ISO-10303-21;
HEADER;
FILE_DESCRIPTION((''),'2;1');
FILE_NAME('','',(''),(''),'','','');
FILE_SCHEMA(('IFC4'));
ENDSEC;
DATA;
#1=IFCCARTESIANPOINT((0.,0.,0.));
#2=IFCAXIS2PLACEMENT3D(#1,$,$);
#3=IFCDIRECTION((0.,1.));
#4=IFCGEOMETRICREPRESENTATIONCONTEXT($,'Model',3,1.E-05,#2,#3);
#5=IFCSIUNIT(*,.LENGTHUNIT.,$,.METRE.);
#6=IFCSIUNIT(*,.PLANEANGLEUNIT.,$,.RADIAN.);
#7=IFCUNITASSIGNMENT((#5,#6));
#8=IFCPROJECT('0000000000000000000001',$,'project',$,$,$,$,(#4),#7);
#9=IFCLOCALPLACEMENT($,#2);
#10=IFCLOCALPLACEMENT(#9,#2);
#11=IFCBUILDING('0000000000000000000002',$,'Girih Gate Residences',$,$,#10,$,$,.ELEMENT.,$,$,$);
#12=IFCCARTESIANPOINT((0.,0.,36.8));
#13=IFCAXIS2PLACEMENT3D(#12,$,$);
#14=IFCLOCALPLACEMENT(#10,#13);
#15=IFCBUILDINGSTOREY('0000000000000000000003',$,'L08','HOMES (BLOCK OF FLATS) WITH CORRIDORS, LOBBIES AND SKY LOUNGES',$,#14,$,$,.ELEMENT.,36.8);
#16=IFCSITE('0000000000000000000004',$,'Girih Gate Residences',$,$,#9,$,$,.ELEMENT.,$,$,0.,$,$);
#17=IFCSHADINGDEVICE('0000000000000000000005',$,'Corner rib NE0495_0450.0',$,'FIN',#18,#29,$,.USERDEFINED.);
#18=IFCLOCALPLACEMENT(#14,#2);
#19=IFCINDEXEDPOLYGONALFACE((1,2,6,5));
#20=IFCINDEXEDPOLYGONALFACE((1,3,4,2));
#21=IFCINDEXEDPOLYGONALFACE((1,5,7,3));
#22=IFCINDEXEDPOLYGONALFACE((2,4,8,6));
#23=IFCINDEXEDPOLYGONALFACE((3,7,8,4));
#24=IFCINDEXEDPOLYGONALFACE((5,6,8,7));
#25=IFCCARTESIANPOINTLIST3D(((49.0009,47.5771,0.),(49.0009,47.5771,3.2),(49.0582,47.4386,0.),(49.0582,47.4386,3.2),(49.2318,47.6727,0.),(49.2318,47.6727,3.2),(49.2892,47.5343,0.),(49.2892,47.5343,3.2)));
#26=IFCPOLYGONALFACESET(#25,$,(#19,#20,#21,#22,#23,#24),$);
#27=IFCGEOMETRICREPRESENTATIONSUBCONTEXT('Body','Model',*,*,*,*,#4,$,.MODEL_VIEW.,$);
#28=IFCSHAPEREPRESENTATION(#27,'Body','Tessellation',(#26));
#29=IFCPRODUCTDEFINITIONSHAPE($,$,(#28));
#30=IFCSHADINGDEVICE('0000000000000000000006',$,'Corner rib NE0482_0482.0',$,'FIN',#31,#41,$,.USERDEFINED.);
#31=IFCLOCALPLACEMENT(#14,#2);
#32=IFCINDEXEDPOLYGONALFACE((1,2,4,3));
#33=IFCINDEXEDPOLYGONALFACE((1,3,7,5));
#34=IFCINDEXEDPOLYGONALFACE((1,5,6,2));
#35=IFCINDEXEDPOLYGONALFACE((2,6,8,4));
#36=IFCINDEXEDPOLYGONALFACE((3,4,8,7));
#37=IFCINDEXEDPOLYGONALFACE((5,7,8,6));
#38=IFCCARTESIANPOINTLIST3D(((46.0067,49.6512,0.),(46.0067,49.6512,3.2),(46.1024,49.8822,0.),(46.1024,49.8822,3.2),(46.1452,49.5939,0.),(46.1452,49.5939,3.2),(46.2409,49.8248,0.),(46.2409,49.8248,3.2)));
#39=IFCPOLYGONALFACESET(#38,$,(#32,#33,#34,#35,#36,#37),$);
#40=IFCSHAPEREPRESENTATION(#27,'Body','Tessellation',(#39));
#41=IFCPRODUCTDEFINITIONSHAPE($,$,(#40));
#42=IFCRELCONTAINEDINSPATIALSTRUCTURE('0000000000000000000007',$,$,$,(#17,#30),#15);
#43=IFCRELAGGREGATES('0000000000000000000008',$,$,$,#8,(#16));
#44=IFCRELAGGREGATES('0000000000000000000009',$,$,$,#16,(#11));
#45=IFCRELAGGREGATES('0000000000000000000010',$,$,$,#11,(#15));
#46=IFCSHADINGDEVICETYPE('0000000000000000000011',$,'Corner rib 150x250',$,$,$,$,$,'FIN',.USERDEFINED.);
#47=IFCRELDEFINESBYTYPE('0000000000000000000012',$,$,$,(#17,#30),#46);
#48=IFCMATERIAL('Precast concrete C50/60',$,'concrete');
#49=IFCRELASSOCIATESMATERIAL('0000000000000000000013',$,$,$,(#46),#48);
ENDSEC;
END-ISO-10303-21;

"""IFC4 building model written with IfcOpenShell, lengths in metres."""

from ifc_helpers import new_model, si_unit, direction, frame, origin, origin_2d, place, context, subcontext, project, spatial, rectangle, extrude, material, type_object, element, save


model = new_model("IFC4")

# Units and contexts
model_context = context("Model", 3, precision=1e-05, world=origin(), true_north=direction((0.0, 1.0)))
body_context = subcontext(model_context, "Body", "Model", "MODEL_VIEW")
ifc_project = project(units=[si_unit("LENGTHUNIT", "METRE"), si_unit("PLANEANGLEUNIT", "RADIAN")], contexts=[model_context])

# Site, building, storey
site_placement = place(None, origin())
site = spatial("IfcSite", under=ifc_project, at=site_placement, Name="Girih Gate Residences", CompositionType="ELEMENT", RefElevation=0.0)
building_placement = place(site_placement, origin())
building = spatial("IfcBuilding", under=site, at=building_placement, Name="Girih Gate Residences", CompositionType="ELEMENT")
storey_placement = place(building_placement, frame((0.0, 0.0, 36.8)))
storey = spatial("IfcBuildingStorey", under=building, at=storey_placement, Name="L08", Description="HOMES (BLOCK OF FLATS) WITH CORRIDORS, LOBBIES AND SKY LOUNGES", CompositionType="ELEMENT", Elevation=36.8)

# Shared definitions
ifc_material_1 = material(Name="Precast concrete C50/60", Category="concrete")

# Shading devices
shading_device_type = type_object("IfcShadingDeviceType", Name="Corner rib 150x250", ElementType="FIN", PredefinedType="USERDEFINED", material=ifc_material_1)
for number, where, z_axis, x_axis, name in (
    (1, (49.145, 47.5557, 0.0), (0.0, 0.0, 1.0), (-0.382683, 0.92388, 0.0), "Corner rib NE0495_0450.0"),
    (2, (46.1238, 49.738, 0.0), (0.0, 0.0, 1.0), (-0.92388, 0.382683, 0.0), "Corner rib NE0482_0482.0"),
):
    element("IfcShadingDevice", number, at=place(storey_placement, frame(where, z_axis=z_axis, x_axis=x_axis)), inside=storey, type_object=shading_device_type, Name=name, ObjectType="FIN", PredefinedType="USERDEFINED", context=body_context, shape_type="SweptSolid", body=[
        extrude(rectangle(XDim=0.1499, YDim=0.25, at=origin_2d()), origin(), (0.0, 0.0, 1.0), 3.2),
    ])

save(model, "model.ifc")
